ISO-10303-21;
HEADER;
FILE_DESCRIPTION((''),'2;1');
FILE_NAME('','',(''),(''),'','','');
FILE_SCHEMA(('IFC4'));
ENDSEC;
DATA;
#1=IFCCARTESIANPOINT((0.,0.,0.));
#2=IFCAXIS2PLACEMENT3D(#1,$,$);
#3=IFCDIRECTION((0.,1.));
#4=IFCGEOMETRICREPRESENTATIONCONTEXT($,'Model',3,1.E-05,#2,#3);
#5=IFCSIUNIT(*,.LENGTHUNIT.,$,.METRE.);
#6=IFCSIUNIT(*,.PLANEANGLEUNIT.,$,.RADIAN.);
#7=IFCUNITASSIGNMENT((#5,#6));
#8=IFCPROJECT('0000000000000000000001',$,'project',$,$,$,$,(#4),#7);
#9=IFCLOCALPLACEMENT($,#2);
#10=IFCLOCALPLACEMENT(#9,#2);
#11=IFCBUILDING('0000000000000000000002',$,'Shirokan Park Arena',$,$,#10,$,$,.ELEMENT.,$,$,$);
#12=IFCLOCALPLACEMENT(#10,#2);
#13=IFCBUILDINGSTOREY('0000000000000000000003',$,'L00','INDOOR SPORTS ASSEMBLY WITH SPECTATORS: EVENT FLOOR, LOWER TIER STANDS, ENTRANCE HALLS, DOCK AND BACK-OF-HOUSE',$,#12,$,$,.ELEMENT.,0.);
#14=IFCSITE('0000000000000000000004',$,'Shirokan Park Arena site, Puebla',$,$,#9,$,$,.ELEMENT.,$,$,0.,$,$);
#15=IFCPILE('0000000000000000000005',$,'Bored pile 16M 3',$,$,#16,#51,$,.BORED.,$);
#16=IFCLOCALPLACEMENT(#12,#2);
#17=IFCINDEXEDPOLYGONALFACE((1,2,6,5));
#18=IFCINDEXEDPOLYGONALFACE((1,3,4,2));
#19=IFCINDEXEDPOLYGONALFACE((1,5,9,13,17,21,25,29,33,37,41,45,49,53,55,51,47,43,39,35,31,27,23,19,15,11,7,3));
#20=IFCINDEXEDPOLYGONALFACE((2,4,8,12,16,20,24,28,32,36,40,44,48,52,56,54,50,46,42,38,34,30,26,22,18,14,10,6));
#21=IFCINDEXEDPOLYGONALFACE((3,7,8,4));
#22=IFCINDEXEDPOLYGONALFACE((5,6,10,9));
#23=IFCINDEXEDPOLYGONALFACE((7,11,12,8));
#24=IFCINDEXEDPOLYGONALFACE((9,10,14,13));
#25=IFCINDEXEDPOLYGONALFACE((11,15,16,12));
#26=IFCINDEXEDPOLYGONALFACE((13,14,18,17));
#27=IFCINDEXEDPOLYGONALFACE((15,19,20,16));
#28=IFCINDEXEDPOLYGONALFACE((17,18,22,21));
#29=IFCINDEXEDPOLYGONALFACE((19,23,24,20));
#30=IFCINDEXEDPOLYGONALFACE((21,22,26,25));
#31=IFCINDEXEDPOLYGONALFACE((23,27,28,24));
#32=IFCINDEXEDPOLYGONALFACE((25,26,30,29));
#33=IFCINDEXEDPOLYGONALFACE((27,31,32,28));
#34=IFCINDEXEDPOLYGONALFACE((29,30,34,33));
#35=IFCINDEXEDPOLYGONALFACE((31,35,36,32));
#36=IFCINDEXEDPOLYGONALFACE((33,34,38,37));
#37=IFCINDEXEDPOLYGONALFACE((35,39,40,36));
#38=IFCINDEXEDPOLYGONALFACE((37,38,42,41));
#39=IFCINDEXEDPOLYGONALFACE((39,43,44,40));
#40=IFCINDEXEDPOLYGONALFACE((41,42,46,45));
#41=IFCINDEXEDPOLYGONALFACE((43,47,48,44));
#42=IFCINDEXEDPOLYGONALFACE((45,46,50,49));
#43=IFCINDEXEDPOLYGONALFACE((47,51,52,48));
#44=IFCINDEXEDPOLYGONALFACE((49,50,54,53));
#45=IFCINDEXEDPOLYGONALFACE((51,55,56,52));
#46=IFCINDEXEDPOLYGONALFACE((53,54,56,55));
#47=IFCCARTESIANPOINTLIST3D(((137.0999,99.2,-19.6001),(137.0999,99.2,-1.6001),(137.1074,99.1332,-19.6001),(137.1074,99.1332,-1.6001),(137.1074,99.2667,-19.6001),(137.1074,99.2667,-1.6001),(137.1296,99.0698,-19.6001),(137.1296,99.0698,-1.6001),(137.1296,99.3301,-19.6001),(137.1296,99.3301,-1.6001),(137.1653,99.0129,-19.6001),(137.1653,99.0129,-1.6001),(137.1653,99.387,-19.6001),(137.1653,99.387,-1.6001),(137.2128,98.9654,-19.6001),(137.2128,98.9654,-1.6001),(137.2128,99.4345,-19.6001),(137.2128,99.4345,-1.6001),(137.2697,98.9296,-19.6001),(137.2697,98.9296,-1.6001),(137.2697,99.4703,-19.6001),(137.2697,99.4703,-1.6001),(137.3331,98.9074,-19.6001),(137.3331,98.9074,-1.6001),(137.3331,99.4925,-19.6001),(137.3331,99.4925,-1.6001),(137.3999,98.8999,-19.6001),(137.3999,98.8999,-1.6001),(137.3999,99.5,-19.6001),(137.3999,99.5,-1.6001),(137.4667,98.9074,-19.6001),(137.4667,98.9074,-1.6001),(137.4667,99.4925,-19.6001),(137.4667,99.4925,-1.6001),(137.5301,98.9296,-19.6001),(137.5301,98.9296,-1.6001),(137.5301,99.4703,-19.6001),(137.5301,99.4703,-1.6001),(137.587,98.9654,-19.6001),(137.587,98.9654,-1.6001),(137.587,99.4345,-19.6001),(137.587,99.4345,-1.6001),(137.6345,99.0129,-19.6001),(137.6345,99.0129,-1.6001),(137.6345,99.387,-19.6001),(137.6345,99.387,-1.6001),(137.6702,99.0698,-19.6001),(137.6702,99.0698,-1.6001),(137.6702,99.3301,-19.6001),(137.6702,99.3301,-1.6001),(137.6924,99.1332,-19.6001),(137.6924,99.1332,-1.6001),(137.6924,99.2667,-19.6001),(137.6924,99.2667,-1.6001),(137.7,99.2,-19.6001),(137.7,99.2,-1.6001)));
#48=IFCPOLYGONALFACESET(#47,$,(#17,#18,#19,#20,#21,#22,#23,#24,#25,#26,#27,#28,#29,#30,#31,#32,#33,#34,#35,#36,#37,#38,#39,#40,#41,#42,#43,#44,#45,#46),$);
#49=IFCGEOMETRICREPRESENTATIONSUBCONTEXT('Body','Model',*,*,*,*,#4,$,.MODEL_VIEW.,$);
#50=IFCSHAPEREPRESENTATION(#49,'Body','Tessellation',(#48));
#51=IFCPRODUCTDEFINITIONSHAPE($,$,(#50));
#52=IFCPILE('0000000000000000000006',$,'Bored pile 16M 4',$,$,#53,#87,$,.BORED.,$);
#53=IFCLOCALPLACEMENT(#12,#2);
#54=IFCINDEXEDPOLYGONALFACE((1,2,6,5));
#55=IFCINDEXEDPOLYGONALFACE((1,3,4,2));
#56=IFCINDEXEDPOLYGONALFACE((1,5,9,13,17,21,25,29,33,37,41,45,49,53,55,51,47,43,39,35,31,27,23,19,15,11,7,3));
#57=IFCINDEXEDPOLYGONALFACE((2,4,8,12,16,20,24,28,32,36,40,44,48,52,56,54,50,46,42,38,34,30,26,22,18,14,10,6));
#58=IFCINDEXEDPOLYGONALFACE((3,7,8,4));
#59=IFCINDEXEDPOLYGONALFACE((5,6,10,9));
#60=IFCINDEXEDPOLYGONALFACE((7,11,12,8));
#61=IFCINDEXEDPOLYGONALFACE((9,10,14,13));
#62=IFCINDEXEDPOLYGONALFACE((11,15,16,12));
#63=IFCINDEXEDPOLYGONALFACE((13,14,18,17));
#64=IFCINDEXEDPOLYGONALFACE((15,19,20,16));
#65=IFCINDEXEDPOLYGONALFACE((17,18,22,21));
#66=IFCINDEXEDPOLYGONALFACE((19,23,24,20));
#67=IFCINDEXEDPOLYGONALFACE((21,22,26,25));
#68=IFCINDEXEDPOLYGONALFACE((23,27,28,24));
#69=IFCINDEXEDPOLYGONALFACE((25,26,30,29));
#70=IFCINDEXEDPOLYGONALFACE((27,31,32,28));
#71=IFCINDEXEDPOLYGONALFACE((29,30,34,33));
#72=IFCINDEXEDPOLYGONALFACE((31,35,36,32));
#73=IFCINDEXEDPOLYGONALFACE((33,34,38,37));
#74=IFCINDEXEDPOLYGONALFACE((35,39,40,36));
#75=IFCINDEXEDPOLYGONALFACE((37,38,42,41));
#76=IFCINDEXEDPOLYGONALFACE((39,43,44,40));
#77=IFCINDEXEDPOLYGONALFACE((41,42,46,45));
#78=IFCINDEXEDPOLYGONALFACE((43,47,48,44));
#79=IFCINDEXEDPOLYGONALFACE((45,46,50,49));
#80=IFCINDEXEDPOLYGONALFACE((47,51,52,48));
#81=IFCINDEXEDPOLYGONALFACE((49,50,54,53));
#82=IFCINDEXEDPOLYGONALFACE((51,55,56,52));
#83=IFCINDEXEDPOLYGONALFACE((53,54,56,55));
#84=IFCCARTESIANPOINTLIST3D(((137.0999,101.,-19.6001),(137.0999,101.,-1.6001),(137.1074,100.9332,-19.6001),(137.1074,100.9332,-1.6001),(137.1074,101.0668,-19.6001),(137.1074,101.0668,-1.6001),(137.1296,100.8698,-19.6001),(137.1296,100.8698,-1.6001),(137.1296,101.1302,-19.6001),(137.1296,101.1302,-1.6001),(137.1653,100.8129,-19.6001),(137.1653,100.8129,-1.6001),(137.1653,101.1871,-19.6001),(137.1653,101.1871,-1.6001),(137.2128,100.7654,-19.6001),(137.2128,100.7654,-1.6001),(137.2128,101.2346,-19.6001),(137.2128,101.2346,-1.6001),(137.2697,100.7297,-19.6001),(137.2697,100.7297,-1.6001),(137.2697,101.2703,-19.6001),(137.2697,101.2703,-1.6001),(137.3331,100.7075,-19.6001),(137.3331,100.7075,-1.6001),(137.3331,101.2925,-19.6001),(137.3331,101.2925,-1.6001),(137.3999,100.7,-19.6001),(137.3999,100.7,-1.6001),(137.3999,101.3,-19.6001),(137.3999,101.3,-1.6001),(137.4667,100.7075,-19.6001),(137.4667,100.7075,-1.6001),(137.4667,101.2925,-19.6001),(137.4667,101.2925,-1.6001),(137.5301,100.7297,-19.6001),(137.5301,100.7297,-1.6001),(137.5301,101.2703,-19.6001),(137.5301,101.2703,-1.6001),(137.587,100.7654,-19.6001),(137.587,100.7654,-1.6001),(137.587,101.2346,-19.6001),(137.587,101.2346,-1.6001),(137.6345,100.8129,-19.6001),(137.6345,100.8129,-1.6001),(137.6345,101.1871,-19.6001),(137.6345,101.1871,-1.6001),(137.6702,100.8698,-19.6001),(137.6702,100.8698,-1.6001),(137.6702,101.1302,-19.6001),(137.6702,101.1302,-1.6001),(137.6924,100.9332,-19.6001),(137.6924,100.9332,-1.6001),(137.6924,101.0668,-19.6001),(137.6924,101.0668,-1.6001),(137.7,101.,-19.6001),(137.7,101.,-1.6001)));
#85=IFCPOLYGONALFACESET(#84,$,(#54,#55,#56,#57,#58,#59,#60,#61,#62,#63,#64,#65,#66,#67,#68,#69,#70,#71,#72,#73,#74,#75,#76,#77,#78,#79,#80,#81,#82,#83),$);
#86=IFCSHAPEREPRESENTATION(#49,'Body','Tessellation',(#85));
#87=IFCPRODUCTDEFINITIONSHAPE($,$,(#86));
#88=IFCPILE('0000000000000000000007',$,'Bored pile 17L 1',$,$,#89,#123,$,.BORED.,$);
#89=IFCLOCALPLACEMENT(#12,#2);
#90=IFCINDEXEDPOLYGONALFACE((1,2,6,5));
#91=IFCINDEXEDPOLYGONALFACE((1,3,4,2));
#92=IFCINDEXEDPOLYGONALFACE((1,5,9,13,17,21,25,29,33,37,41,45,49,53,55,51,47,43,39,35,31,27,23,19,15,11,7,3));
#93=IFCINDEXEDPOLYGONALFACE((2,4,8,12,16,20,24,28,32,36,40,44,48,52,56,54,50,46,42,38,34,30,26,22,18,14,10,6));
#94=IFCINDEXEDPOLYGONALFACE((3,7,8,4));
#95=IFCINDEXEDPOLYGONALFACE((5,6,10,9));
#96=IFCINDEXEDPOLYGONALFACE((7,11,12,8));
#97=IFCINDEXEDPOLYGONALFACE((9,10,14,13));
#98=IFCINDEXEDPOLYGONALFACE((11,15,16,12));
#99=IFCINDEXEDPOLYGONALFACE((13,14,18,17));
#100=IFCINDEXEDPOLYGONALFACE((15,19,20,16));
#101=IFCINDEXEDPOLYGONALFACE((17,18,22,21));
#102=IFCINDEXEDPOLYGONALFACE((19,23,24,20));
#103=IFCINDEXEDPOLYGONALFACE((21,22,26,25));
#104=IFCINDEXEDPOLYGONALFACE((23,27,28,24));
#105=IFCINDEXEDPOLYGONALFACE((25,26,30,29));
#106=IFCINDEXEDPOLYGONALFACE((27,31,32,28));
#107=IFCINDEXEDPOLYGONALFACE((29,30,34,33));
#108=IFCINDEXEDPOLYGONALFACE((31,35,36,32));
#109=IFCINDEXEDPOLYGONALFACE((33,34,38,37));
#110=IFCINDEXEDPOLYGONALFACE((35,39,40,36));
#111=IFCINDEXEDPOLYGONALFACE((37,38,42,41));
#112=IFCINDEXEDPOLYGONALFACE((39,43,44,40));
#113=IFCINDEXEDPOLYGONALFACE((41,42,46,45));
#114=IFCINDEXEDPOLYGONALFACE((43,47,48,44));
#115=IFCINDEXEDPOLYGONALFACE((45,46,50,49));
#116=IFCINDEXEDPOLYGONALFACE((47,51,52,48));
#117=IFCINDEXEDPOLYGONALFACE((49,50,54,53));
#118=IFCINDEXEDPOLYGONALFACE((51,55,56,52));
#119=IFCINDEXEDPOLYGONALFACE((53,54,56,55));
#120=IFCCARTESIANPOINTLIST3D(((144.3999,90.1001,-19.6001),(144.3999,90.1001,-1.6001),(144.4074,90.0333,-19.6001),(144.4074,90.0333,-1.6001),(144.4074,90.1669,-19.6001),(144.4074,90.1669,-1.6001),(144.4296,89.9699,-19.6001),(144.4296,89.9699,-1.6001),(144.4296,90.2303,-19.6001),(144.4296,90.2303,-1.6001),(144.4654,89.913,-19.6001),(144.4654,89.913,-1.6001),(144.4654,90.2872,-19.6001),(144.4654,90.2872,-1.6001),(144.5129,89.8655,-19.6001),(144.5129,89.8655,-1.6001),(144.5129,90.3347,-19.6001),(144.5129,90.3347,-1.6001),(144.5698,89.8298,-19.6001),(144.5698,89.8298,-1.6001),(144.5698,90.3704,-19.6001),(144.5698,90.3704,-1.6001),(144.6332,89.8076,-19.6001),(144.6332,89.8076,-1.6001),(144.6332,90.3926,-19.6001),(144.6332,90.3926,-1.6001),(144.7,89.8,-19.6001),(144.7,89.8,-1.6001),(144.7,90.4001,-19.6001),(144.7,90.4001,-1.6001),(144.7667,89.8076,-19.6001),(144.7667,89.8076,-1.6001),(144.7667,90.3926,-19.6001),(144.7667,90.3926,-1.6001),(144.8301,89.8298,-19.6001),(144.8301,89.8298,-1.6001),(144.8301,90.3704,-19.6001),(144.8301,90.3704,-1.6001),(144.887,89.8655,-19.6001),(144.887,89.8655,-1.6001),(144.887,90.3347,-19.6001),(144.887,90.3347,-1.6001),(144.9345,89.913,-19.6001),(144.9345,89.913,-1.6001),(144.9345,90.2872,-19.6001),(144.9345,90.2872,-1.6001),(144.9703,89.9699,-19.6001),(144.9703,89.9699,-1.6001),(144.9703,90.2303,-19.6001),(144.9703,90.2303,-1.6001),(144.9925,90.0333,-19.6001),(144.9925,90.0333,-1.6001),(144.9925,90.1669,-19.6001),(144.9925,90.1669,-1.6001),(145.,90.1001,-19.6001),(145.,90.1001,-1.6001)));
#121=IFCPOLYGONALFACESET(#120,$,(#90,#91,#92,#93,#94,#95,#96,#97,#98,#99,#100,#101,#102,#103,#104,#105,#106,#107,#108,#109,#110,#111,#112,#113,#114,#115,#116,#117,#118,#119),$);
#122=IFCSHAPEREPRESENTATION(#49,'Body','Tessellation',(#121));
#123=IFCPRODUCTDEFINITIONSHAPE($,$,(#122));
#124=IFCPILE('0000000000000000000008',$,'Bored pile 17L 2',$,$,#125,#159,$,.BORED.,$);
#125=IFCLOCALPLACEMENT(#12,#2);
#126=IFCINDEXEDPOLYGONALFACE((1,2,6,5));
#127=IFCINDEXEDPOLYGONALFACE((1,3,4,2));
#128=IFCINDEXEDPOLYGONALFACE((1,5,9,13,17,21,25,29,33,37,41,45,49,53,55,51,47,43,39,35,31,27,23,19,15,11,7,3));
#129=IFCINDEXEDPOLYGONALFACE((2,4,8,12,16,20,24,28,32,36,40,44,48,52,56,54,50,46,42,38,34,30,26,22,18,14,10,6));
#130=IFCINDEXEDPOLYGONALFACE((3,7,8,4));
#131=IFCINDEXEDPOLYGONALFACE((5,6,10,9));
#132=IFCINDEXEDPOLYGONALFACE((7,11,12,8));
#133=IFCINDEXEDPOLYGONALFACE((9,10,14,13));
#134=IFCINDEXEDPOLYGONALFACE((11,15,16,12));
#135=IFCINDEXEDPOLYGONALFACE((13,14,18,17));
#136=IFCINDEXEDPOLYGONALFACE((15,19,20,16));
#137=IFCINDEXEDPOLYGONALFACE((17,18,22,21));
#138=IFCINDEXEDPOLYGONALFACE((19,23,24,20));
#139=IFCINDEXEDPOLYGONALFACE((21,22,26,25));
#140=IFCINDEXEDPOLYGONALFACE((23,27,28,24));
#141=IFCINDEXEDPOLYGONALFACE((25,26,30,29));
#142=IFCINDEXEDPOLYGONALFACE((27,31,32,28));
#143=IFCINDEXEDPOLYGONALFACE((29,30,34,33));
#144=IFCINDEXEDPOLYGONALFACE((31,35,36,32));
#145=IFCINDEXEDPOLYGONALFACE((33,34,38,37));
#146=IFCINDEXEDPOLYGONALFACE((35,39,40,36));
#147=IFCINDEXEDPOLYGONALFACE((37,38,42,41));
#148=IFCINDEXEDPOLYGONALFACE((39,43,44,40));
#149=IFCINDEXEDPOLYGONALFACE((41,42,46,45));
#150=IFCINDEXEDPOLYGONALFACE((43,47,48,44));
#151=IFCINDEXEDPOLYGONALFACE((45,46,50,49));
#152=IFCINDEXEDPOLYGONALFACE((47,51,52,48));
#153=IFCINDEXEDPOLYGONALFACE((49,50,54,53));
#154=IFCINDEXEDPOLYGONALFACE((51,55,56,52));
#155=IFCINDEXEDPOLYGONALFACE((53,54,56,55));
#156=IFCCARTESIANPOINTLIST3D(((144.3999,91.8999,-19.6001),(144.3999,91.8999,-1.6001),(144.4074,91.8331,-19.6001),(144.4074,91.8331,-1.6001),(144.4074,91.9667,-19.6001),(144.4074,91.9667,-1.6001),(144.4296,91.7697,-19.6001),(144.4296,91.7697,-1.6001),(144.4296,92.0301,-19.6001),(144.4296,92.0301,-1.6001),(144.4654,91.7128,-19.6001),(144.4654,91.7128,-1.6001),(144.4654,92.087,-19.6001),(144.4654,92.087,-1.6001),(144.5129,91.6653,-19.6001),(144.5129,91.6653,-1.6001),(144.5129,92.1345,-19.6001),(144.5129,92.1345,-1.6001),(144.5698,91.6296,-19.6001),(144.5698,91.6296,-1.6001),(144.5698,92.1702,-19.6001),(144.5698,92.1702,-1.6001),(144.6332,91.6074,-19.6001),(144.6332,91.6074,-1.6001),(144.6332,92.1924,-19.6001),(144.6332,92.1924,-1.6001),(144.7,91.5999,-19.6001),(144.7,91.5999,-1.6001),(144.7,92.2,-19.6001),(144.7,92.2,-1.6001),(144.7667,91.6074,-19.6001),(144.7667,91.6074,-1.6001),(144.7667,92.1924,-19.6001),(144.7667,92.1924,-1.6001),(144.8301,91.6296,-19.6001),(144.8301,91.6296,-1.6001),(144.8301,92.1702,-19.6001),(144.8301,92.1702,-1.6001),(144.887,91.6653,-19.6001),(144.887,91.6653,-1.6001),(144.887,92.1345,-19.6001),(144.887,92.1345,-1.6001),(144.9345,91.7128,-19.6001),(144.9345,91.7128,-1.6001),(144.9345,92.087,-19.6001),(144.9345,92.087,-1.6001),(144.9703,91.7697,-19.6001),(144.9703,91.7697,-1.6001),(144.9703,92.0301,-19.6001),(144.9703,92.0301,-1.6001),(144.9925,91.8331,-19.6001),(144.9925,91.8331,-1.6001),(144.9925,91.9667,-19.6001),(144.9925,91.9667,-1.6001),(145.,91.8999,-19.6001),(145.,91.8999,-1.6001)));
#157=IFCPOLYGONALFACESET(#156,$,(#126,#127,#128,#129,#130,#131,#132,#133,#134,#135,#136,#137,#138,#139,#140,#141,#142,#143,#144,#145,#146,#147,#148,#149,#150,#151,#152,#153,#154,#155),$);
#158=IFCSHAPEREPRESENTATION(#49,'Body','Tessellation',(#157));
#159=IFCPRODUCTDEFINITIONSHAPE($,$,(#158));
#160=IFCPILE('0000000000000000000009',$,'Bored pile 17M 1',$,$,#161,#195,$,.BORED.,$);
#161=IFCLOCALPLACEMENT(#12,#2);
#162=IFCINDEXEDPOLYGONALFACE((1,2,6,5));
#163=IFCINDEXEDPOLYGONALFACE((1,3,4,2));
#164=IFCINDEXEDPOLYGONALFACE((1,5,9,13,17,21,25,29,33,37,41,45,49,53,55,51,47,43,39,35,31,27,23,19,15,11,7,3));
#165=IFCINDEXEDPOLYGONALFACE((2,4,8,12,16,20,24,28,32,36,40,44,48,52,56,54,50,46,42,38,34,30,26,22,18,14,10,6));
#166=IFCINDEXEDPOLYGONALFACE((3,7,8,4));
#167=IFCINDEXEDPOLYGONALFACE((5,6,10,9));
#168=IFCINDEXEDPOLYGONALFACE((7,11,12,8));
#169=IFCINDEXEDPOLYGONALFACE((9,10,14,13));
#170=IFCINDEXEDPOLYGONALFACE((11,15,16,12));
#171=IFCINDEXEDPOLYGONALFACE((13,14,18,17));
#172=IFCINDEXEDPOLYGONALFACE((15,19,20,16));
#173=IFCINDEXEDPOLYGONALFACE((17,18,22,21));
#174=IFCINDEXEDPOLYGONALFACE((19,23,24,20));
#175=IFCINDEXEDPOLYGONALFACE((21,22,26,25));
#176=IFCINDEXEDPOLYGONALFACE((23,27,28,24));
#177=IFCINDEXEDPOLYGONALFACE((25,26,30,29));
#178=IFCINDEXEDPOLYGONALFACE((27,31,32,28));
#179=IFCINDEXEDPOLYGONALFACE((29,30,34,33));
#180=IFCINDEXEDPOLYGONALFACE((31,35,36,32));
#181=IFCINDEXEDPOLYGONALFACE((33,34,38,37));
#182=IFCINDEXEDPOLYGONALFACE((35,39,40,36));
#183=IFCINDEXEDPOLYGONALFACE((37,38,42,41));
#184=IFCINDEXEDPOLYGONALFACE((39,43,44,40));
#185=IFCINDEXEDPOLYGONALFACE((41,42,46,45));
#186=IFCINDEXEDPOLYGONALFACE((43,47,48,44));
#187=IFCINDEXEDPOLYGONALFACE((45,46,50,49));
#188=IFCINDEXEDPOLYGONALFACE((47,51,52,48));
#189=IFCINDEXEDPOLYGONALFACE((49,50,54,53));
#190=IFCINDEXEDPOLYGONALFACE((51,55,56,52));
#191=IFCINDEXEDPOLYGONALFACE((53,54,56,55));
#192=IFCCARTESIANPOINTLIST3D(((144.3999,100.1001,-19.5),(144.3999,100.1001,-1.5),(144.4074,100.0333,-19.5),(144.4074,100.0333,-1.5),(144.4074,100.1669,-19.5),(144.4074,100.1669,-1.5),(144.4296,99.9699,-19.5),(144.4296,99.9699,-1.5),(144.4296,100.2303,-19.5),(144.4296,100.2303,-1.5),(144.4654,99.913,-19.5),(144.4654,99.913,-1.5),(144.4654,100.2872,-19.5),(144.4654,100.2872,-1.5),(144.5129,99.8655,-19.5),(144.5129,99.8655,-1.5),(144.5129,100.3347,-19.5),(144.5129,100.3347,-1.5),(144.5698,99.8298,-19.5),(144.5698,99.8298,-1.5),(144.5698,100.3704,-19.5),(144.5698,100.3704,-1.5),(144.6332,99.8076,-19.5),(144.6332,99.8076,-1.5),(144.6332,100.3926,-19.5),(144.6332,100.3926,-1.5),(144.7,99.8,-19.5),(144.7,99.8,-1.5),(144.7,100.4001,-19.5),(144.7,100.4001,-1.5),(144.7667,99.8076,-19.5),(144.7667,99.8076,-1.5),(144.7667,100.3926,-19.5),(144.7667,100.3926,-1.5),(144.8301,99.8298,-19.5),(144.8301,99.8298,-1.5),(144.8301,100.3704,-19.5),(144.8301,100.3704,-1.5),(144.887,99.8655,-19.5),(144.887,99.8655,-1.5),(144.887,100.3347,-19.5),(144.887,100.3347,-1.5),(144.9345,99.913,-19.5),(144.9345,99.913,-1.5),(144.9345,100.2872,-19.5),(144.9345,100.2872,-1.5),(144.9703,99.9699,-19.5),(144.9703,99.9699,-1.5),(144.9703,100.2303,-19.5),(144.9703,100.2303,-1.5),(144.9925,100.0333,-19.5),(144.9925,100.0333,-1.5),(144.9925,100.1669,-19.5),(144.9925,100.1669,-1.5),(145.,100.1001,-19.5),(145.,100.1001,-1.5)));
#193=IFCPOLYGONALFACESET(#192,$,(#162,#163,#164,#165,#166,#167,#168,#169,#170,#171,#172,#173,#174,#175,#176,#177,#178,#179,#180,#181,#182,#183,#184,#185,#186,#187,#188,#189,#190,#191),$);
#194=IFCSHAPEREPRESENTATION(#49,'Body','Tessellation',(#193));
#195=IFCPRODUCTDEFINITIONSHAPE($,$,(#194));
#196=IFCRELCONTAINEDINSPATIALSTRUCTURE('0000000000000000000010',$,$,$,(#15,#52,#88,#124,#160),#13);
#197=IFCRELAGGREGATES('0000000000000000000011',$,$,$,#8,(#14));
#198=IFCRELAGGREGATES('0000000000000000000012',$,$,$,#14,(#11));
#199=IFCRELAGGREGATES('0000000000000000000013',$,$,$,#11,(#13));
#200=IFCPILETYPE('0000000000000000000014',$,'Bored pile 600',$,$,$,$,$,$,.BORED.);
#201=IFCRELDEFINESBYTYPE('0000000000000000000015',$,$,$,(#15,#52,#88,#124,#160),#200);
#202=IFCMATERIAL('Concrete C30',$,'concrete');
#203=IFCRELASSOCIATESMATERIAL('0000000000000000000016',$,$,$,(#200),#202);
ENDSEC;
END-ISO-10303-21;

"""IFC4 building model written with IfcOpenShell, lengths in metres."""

from ifc_helpers import new_model, si_unit, direction, frame, origin, origin_2d, place, context, subcontext, project, spatial, circle, extrude, material, material_profile, profile_set, type_object, element, save


model = new_model("IFC4")

# Units and contexts
model_context = context("Model", 3, precision=1e-05, world=origin(), true_north=direction((0.0, 1.0)))
body_context = subcontext(model_context, "Body", "Model", "MODEL_VIEW")
ifc_project = project(units=[si_unit("LENGTHUNIT", "METRE"), si_unit("PLANEANGLEUNIT", "RADIAN")], contexts=[model_context])

# Site, building, storey
site_placement = place(None, origin())
site = spatial("IfcSite", under=ifc_project, at=site_placement, Name="Shirokan Park Arena site, Puebla", CompositionType="ELEMENT", RefElevation=0.0)
building_placement = place(site_placement, origin())
building = spatial("IfcBuilding", under=site, at=building_placement, Name="Shirokan Park Arena", CompositionType="ELEMENT")
storey_placement = place(building_placement, origin())
storey = spatial("IfcBuildingStorey", under=building, at=storey_placement, Name="L00", Description="INDOOR SPORTS ASSEMBLY WITH SPECTATORS: EVENT FLOOR, LOWER TIER STANDS, ENTRANCE HALLS, DOCK AND BACK-OF-HOUSE", CompositionType="ELEMENT", Elevation=0.0)

# Piles
ifc_material_1 = material(Name="Concrete C30", Category="concrete")
ifc_material_profile_1 = material_profile(ifc_material_1, circle(Radius=0.3, at=origin_2d()), Name="D600")
ifc_profile_set_1 = profile_set([ifc_material_profile_1], Name="Concrete C30")
pile_type_1 = type_object("IfcPileType", Name="Bored pile 600", PredefinedType="BORED", material=ifc_profile_set_1)
for number, where, z_axis, x_axis, name in (
    (1, (137.3999, 99.2, -1.6001), (0.0, 0.0, -1.0), (1.0, 0.0, 0.0), "Bored pile 16M 3"),
    (2, (137.3999, 101.0, -1.6001), (0.0, 0.0, -1.0), (1.0, 0.0, 0.0), "Bored pile 16M 4"),
    (3, (144.7, 90.1001, -1.6001), (0.0, 0.0, -1.0), (1.0, 0.0, 0.0), "Bored pile 17L 1"),
    (4, (144.7, 91.8999, -1.6001), (0.0, 0.0, -1.0), (1.0, 0.0, 0.0), "Bored pile 17L 2"),
    (5, (144.7, 100.1001, -1.5), (0.0, 0.0, -1.0), (1.0, 0.0, 0.0), "Bored pile 17M 1"),
):
    element("IfcPile", number, at=place(storey_placement, frame(where, z_axis=z_axis, x_axis=x_axis)), inside=storey, type_object=pile_type_1, Name=name, PredefinedType="BORED", context=body_context, shape_type="SweptSolid", body=[
        extrude(circle(Radius=0.3, at=origin_2d()), origin(), (0.0, 0.0, 1.0), 18.0),
    ])

save(model, "model.ifc")
